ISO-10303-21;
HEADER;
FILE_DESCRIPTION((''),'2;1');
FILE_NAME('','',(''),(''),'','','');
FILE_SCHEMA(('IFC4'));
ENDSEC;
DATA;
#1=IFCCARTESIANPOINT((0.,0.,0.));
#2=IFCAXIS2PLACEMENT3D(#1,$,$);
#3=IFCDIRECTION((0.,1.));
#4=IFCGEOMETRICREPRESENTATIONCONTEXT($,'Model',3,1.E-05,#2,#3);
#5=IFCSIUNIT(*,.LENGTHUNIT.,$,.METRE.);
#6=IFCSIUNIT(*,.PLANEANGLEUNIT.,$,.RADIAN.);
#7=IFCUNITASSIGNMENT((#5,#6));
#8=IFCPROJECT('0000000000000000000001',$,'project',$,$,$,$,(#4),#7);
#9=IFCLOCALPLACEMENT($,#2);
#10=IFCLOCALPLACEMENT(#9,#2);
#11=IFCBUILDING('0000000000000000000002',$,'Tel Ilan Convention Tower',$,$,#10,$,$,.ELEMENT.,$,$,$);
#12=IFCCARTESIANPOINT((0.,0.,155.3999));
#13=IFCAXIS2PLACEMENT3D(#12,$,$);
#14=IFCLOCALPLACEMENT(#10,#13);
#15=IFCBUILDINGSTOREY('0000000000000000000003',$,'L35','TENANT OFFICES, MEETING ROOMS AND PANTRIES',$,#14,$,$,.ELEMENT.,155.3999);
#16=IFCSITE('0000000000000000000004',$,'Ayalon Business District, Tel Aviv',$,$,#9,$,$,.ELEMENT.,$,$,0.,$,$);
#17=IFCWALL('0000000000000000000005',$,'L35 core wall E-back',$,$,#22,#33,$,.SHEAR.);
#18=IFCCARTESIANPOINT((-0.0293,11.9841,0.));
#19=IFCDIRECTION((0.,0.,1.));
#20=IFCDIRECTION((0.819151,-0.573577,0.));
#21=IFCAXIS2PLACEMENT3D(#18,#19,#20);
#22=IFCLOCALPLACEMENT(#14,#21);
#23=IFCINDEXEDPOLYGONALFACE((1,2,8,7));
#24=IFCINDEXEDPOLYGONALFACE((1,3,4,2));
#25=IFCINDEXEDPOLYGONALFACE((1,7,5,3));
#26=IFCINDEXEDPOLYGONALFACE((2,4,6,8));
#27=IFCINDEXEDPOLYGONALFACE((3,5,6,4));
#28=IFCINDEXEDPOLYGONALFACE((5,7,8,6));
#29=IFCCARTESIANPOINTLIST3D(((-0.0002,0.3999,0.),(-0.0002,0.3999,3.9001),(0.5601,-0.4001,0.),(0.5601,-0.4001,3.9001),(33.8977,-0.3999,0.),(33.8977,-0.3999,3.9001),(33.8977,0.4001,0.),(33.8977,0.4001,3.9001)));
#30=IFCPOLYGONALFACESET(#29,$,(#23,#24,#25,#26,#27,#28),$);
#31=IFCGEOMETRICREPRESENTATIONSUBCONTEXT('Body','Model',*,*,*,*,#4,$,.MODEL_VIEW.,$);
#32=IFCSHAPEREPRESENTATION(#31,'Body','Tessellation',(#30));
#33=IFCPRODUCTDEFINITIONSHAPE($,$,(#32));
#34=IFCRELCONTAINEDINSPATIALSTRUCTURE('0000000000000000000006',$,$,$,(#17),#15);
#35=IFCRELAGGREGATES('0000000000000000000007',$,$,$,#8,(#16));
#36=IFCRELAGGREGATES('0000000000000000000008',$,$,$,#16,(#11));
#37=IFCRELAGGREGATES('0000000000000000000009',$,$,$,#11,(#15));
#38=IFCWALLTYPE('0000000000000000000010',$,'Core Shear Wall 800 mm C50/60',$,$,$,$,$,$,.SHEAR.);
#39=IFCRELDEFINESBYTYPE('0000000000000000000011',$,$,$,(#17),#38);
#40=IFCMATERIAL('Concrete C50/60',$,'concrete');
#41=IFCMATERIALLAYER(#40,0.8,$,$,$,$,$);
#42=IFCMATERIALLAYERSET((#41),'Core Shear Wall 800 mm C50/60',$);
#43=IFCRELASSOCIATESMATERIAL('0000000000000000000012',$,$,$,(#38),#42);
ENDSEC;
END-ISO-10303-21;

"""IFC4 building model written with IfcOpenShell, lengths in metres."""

from ifc_helpers import new_model, si_unit, direction, frame, origin, place, context, subcontext, project, spatial, polyline, outline, extrude, material, layer, layer_set, type_object, element, save


model = new_model("IFC4")

# Units and contexts
model_context = context("Model", 3, precision=1e-05, world=origin(), true_north=direction((0.0, 1.0)))
body_context = subcontext(model_context, "Body", "Model", "MODEL_VIEW")
ifc_project = project(units=[si_unit("LENGTHUNIT", "METRE"), si_unit("PLANEANGLEUNIT", "RADIAN")], contexts=[model_context])

# Site, building, storey
site_placement = place(None, origin())
site = spatial("IfcSite", under=ifc_project, at=site_placement, Name="Ayalon Business District, Tel Aviv", CompositionType="ELEMENT", RefElevation=0.0)
building_placement = place(site_placement, origin())
building = spatial("IfcBuilding", under=site, at=building_placement, Name="Tel Ilan Convention Tower", CompositionType="ELEMENT")
storey_placement = place(building_placement, frame((0.0, 0.0, 155.3999)))
storey = spatial("IfcBuildingStorey", under=building, at=storey_placement, Name="L35", Description="TENANT OFFICES, MEETING ROOMS AND PANTRIES", CompositionType="ELEMENT", Elevation=155.3999)

# Wall
ifc_material_1 = material(Name="Concrete C50/60", Category="concrete")
ifc_layer_1 = layer(ifc_material_1, 0.8)
ifc_layer_set_1 = layer_set([ifc_layer_1], Name="Core Shear Wall 800 mm C50/60")
wall_type_1 = type_object("IfcWallType", Name="Core Shear Wall 800 mm C50/60", PredefinedType="SHEAR", material=ifc_layer_set_1)
wall_1_placement = place(storey_placement, frame((-0.0293, 11.9841, 0.0), z_axis=(0.0, 0.0, 1.0), x_axis=(0.819151, -0.573577, 0.0)))
element("IfcWall", 1, at=wall_1_placement, inside=storey, type_object=wall_type_1, Name="L35 core wall E-back", PredefinedType="SHEAR", context=body_context, shape_type="SweptSolid", body=[
    extrude(outline(polyline([(33.8977, 0.4001), (-0.0002, 0.3999), (0.5601, -0.4001), (33.8977, -0.3999), (33.8977, 0.4001)])), origin(), (0.0, 0.0, 1.0), 3.9001),
])

save(model, "model.ifc")
